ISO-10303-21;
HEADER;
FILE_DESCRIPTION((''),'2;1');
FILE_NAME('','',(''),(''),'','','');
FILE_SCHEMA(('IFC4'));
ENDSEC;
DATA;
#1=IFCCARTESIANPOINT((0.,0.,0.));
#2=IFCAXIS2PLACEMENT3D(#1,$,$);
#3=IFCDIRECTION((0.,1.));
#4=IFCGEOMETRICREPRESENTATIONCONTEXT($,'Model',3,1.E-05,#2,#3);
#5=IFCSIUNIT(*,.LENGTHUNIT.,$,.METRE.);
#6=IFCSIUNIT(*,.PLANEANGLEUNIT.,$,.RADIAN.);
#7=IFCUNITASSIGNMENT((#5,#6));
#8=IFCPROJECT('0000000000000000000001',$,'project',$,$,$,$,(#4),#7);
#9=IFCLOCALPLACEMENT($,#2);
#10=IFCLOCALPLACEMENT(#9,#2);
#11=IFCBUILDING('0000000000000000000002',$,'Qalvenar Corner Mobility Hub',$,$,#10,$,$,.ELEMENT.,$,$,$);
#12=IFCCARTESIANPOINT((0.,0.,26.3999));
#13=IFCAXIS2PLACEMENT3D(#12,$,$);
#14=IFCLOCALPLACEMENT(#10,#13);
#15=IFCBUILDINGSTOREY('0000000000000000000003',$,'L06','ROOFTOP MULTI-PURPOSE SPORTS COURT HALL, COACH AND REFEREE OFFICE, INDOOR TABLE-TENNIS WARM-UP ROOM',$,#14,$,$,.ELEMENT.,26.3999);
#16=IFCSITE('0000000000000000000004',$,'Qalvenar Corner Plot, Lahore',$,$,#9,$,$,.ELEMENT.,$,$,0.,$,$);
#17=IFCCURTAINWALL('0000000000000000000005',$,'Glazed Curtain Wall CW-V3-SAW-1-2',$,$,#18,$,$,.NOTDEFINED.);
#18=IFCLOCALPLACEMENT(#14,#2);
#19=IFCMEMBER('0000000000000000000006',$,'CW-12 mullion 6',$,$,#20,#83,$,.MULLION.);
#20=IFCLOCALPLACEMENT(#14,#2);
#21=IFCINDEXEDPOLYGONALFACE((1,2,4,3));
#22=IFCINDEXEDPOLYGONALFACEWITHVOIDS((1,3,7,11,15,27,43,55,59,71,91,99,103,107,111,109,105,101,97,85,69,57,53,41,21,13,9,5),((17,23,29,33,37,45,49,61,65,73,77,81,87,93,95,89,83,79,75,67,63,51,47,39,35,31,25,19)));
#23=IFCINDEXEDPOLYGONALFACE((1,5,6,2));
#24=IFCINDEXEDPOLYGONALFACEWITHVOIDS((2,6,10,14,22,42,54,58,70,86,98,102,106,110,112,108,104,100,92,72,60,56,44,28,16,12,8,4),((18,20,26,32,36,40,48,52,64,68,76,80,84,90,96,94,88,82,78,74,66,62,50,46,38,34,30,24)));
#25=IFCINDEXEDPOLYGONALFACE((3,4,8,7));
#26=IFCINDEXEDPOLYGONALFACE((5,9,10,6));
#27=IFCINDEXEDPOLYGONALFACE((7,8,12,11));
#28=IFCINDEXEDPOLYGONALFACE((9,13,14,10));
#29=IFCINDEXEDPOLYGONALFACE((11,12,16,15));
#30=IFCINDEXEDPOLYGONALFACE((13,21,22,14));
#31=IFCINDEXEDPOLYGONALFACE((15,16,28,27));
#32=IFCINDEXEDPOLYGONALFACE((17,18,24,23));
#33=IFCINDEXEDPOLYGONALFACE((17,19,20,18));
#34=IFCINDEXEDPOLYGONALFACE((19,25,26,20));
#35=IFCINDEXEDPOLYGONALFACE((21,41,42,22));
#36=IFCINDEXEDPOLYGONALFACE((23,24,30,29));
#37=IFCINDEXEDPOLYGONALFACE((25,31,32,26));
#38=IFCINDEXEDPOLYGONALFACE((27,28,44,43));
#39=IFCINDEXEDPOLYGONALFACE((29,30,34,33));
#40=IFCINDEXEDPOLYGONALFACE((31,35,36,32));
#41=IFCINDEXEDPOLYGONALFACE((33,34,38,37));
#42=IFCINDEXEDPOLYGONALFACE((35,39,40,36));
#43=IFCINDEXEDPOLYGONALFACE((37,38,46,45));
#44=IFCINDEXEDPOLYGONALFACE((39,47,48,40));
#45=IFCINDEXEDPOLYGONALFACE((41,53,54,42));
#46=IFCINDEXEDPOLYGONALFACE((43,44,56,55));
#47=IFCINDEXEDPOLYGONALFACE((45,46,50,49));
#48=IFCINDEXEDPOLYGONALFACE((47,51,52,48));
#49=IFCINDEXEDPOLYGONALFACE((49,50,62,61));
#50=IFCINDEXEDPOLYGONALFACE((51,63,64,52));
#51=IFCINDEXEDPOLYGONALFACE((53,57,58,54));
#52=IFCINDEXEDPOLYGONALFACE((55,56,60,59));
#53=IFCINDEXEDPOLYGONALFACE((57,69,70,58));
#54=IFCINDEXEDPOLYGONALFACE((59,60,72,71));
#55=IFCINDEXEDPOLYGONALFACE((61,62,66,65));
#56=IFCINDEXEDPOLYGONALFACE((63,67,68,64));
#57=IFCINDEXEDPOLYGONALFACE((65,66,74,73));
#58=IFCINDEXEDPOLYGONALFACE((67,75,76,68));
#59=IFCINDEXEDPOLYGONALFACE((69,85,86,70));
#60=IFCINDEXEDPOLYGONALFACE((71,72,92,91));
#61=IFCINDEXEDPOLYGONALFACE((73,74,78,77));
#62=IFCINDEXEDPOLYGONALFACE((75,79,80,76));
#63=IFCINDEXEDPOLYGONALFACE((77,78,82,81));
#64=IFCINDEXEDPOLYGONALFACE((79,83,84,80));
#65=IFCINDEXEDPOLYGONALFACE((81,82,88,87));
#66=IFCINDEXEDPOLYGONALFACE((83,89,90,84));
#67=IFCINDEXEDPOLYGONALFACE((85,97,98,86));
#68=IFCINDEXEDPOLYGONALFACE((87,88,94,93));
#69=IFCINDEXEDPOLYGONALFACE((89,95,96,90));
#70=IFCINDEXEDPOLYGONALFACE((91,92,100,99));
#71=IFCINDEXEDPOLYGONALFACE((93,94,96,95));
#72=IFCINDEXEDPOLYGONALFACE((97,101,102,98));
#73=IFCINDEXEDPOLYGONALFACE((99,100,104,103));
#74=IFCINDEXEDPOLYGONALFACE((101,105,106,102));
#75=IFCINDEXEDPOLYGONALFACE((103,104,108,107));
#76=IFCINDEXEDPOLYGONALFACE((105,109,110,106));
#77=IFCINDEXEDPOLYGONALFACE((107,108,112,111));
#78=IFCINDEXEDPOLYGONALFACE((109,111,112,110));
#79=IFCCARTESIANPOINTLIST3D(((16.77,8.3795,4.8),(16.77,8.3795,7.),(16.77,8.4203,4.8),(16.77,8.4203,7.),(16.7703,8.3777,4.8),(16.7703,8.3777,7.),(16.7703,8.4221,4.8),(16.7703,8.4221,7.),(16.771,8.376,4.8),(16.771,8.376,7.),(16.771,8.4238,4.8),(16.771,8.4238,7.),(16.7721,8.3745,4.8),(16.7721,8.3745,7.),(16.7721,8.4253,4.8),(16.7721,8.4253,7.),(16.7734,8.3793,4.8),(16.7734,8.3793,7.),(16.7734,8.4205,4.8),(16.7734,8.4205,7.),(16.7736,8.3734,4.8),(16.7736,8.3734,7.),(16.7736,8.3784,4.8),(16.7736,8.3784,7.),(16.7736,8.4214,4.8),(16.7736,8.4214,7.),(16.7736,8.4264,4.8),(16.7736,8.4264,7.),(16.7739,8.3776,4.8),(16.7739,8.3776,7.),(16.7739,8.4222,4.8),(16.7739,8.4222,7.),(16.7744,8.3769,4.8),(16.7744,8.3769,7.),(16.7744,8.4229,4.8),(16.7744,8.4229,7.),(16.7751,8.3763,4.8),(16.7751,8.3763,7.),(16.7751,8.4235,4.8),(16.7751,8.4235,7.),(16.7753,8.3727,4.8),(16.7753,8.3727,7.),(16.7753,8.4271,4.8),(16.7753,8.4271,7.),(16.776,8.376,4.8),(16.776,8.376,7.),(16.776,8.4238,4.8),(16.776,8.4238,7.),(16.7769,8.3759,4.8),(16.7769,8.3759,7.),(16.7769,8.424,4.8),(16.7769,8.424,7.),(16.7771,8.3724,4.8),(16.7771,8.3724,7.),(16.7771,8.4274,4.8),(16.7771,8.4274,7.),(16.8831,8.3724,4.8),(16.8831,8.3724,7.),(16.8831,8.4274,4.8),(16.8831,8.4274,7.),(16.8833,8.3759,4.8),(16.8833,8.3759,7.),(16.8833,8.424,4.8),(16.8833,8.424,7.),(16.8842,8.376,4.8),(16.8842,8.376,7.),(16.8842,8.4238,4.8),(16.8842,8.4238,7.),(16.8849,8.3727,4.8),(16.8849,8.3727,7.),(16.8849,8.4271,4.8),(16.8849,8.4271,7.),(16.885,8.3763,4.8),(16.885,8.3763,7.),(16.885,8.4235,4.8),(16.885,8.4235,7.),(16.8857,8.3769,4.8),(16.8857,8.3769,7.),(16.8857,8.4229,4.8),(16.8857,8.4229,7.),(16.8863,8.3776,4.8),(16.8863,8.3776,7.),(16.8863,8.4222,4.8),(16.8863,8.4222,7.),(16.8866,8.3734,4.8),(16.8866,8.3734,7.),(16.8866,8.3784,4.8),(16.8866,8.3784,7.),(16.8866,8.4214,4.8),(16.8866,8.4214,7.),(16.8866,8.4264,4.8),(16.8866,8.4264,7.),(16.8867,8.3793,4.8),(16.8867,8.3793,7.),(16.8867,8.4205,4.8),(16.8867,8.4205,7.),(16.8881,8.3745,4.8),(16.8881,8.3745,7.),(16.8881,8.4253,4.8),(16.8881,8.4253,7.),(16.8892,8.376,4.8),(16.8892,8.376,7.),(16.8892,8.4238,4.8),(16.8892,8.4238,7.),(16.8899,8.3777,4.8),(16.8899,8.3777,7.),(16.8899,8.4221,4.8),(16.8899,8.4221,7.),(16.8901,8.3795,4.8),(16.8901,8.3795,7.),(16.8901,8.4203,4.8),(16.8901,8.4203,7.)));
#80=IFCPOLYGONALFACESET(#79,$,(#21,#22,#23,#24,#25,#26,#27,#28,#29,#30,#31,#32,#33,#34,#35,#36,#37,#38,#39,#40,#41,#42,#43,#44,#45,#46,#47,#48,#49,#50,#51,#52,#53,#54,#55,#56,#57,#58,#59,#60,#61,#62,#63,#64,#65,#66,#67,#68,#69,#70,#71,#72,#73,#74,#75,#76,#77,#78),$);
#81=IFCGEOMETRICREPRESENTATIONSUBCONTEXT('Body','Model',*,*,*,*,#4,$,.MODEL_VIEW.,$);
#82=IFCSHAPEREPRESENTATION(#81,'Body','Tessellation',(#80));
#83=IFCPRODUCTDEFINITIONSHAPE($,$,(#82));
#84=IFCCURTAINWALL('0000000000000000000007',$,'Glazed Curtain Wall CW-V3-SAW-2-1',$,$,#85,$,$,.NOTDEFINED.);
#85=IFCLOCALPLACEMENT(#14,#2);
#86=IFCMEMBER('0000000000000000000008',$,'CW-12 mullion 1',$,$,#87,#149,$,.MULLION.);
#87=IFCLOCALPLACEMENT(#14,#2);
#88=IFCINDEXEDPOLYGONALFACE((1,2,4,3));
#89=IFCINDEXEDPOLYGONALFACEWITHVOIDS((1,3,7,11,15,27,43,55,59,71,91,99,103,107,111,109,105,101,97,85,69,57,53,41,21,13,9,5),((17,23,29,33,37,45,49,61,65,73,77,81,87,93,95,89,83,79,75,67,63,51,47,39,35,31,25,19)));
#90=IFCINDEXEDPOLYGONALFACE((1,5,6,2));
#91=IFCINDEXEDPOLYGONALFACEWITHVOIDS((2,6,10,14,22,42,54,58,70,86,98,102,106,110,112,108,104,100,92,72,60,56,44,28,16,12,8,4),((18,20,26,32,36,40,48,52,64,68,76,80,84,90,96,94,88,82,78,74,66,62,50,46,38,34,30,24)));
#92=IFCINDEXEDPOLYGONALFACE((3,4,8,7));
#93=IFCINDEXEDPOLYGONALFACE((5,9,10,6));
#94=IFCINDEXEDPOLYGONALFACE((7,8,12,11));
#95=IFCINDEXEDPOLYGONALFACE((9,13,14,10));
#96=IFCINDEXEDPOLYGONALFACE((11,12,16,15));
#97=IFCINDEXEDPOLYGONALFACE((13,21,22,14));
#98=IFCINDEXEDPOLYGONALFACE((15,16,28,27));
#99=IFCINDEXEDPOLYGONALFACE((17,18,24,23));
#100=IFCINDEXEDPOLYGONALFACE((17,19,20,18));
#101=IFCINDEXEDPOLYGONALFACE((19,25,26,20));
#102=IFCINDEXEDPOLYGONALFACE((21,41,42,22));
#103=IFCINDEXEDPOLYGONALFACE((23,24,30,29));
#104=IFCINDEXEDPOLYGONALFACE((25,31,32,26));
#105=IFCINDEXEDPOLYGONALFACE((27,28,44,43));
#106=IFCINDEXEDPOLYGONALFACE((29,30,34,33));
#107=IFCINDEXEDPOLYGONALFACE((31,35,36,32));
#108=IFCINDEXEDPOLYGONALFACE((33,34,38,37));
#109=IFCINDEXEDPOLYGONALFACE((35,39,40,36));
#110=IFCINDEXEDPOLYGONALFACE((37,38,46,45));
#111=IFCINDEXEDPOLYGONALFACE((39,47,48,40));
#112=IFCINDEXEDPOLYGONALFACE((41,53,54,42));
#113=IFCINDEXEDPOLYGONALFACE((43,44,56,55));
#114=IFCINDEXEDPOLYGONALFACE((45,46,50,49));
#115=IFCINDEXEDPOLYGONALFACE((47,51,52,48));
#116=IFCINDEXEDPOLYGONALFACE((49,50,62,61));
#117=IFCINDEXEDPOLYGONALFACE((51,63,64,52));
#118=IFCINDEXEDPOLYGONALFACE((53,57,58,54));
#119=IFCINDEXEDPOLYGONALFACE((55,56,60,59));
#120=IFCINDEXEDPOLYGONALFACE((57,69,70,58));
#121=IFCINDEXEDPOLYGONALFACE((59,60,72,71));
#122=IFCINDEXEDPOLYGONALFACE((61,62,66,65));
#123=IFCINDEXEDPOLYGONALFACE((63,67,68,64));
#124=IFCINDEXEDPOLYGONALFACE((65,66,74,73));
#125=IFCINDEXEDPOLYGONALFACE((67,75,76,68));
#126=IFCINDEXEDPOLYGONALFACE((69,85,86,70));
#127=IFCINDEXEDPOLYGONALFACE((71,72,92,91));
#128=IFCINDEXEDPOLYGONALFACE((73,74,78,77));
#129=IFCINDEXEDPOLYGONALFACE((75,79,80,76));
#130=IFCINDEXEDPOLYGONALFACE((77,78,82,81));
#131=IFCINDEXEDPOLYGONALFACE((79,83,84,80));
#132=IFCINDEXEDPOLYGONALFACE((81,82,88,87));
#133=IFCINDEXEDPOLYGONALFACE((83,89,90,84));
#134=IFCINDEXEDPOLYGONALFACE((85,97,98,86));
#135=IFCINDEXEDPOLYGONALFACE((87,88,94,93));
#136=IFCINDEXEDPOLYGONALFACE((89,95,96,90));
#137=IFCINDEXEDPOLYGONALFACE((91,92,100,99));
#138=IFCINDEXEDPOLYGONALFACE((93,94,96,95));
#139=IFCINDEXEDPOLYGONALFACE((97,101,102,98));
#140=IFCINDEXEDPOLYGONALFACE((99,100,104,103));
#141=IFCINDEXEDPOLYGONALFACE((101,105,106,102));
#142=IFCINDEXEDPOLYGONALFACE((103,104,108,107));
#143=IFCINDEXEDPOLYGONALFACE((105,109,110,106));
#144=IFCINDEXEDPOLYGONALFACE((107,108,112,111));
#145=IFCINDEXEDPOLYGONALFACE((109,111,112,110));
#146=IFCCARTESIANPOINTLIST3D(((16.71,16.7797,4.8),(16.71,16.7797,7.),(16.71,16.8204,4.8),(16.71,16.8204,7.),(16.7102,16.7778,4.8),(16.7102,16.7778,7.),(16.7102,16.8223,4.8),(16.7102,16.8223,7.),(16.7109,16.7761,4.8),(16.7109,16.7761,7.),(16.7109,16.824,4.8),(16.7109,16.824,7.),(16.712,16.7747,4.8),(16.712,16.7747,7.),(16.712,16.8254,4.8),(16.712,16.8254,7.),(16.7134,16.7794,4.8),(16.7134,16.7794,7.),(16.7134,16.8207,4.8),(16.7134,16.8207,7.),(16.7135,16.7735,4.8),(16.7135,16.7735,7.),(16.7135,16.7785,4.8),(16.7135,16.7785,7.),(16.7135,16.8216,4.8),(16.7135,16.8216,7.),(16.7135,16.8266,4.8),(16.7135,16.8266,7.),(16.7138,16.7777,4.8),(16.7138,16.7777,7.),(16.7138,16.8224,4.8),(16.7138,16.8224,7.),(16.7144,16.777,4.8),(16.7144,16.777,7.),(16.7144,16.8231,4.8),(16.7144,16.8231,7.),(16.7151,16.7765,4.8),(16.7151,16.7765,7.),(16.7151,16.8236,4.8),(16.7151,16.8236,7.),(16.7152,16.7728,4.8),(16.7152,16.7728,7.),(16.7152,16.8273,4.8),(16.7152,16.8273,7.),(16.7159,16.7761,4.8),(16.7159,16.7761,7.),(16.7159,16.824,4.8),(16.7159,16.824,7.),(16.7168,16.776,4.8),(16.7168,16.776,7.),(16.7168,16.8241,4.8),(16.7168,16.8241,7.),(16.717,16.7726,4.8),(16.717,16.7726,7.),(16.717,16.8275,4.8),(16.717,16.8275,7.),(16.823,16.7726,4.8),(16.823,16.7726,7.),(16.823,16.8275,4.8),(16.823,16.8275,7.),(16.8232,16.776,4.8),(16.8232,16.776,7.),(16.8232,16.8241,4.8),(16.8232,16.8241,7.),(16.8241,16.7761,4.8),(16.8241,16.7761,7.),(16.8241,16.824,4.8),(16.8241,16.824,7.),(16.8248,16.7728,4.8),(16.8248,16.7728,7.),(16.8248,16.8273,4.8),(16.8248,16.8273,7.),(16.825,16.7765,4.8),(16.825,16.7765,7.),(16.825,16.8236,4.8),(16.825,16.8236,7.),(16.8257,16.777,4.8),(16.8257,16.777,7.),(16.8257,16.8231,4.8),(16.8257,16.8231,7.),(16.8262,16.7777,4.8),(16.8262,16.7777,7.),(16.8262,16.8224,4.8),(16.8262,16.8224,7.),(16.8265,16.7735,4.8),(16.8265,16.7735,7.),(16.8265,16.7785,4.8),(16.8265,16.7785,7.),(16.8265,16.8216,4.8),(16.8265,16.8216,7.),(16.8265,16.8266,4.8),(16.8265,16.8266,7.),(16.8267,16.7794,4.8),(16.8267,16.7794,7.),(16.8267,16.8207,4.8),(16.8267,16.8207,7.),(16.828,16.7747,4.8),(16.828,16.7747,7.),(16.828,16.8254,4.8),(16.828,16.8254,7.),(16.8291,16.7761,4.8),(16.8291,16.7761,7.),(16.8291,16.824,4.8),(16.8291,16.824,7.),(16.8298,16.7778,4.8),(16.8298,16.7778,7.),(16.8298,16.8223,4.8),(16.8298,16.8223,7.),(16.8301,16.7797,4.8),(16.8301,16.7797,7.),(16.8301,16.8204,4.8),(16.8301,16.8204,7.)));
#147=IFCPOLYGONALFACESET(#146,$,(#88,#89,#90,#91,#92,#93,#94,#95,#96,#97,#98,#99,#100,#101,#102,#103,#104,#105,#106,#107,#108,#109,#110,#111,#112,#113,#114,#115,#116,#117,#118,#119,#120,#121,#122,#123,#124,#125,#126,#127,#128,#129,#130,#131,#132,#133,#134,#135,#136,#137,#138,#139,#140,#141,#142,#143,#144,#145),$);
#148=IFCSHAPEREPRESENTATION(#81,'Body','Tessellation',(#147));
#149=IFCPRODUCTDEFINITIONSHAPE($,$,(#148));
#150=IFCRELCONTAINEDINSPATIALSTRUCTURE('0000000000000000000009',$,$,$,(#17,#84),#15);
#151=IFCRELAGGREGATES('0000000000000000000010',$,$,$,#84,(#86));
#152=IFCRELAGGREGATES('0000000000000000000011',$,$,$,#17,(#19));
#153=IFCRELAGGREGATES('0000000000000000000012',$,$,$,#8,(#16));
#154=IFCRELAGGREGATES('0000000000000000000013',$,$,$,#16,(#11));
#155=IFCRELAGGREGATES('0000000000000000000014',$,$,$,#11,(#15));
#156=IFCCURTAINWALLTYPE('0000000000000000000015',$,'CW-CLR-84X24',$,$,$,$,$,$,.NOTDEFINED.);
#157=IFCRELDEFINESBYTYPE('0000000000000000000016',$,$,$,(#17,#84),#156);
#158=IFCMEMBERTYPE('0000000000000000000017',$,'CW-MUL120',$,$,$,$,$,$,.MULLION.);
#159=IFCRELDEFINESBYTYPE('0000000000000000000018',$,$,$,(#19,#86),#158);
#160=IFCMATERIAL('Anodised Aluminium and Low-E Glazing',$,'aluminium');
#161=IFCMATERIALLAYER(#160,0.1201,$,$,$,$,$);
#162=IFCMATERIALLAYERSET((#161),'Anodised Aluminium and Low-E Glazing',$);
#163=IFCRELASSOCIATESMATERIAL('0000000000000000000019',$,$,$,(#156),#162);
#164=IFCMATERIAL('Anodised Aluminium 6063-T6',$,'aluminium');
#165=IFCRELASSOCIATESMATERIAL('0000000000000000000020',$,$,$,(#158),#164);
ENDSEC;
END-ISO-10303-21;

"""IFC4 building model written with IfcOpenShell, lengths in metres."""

from ifc_helpers import new_model, si_unit, direction, frame, origin, origin_2d, place, context, subcontext, project, spatial, hollow_rectangle, extrude, material, layer, layer_set, material_profile, profile_set, type_object, element, aggregate, save


model = new_model("IFC4")

# Units and contexts
model_context = context("Model", 3, precision=1e-05, world=origin(), true_north=direction((0.0, 1.0)))
body_context = subcontext(model_context, "Body", "Model", "MODEL_VIEW")
ifc_project = project(units=[si_unit("LENGTHUNIT", "METRE"), si_unit("PLANEANGLEUNIT", "RADIAN")], contexts=[model_context])

# Site, building, storey
site_placement = place(None, origin())
site = spatial("IfcSite", under=ifc_project, at=site_placement, Name="Qalvenar Corner Plot, Lahore", CompositionType="ELEMENT", RefElevation=0.0)
building_placement = place(site_placement, origin())
building = spatial("IfcBuilding", under=site, at=building_placement, Name="Qalvenar Corner Mobility Hub", CompositionType="ELEMENT")
storey_placement = place(building_placement, frame((0.0, 0.0, 26.3999)))
storey = spatial("IfcBuildingStorey", under=building, at=storey_placement, Name="L06", Description="ROOFTOP MULTI-PURPOSE SPORTS COURT HALL, COACH AND REFEREE OFFICE, INDOOR TABLE-TENNIS WARM-UP ROOM", CompositionType="ELEMENT", Elevation=26.3999)

# Curtain walls, members
ifc_material_1 = material(Name="Anodised Aluminium and Low-E Glazing", Category="aluminium")
ifc_layer_1 = layer(ifc_material_1, 0.1201)
ifc_layer_set_1 = layer_set([ifc_layer_1], Name="Anodised Aluminium and Low-E Glazing")
curtain_wall_type = type_object("IfcCurtainWallType", Name="CW-CLR-84X24", PredefinedType="NOTDEFINED", material=ifc_layer_set_1)
curtain_wall_1_placement = place(storey_placement, origin())
curtain_wall_1 = element("IfcCurtainWall", 1, at=curtain_wall_1_placement, inside=storey, type_object=curtain_wall_type, Name="Glazed Curtain Wall CW-V3-SAW-1-2", PredefinedType="NOTDEFINED")
ifc_material_2 = material(Name="Anodised Aluminium 6063-T6", Category="aluminium")
ifc_material_profile_1 = material_profile(ifc_material_2, hollow_rectangle(XDim=0.0549, YDim=0.1201, WallThickness=0.0034, InnerFilletRadius=0.0034, OuterFilletRadius=0.0071, at=origin_2d()), Name="RHS120x55x3.5")
ifc_profile_set_1 = profile_set([ifc_material_profile_1], Name="Anodised Aluminium 6063-T6")
member_type_1 = type_object("IfcMemberType", Name="CW-MUL120", PredefinedType="MULLION", material=ifc_profile_set_1)
member_1_placement = place(storey_placement, frame((16.8301, 8.3999, 4.8), z_axis=(0.0, 0.0, 1.0), x_axis=(0.0, -1.0, 0.0)))
member_1 = element("IfcMember", 2, at=member_1_placement, type_object=member_type_1, Name="CW-12 mullion 6", PredefinedType="MULLION", context=body_context, shape_type="SweptSolid", body=[
    extrude(hollow_rectangle(XDim=0.0549, YDim=0.1201, WallThickness=0.0034, InnerFilletRadius=0.0034, OuterFilletRadius=0.0071, at=origin_2d()), origin(), (0.0, 0.0, 1.0), 2.2),
])
curtain_wall_2_placement = place(storey_placement, origin())
curtain_wall_2 = element("IfcCurtainWall", 3, at=curtain_wall_2_placement, inside=storey, type_object=curtain_wall_type, Name="Glazed Curtain Wall CW-V3-SAW-2-1", PredefinedType="NOTDEFINED")
member_2_placement = place(storey_placement, frame((16.77, 16.8, 4.8), z_axis=(0.0, 0.0, 1.0), x_axis=(0.0, -1.0, 0.0)))
member_2 = element("IfcMember", 4, at=member_2_placement, type_object=member_type_1, Name="CW-12 mullion 1", PredefinedType="MULLION", context=body_context, shape_type="SweptSolid", body=[
    extrude(hollow_rectangle(XDim=0.0549, YDim=0.1201, WallThickness=0.0034, InnerFilletRadius=0.0034, OuterFilletRadius=0.0071, at=origin_2d()), origin(), (0.0, 0.0, 1.0), 2.2),
])

aggregate(curtain_wall_2, [member_2])
aggregate(curtain_wall_1, [member_1])

save(model, "model.ifc")
